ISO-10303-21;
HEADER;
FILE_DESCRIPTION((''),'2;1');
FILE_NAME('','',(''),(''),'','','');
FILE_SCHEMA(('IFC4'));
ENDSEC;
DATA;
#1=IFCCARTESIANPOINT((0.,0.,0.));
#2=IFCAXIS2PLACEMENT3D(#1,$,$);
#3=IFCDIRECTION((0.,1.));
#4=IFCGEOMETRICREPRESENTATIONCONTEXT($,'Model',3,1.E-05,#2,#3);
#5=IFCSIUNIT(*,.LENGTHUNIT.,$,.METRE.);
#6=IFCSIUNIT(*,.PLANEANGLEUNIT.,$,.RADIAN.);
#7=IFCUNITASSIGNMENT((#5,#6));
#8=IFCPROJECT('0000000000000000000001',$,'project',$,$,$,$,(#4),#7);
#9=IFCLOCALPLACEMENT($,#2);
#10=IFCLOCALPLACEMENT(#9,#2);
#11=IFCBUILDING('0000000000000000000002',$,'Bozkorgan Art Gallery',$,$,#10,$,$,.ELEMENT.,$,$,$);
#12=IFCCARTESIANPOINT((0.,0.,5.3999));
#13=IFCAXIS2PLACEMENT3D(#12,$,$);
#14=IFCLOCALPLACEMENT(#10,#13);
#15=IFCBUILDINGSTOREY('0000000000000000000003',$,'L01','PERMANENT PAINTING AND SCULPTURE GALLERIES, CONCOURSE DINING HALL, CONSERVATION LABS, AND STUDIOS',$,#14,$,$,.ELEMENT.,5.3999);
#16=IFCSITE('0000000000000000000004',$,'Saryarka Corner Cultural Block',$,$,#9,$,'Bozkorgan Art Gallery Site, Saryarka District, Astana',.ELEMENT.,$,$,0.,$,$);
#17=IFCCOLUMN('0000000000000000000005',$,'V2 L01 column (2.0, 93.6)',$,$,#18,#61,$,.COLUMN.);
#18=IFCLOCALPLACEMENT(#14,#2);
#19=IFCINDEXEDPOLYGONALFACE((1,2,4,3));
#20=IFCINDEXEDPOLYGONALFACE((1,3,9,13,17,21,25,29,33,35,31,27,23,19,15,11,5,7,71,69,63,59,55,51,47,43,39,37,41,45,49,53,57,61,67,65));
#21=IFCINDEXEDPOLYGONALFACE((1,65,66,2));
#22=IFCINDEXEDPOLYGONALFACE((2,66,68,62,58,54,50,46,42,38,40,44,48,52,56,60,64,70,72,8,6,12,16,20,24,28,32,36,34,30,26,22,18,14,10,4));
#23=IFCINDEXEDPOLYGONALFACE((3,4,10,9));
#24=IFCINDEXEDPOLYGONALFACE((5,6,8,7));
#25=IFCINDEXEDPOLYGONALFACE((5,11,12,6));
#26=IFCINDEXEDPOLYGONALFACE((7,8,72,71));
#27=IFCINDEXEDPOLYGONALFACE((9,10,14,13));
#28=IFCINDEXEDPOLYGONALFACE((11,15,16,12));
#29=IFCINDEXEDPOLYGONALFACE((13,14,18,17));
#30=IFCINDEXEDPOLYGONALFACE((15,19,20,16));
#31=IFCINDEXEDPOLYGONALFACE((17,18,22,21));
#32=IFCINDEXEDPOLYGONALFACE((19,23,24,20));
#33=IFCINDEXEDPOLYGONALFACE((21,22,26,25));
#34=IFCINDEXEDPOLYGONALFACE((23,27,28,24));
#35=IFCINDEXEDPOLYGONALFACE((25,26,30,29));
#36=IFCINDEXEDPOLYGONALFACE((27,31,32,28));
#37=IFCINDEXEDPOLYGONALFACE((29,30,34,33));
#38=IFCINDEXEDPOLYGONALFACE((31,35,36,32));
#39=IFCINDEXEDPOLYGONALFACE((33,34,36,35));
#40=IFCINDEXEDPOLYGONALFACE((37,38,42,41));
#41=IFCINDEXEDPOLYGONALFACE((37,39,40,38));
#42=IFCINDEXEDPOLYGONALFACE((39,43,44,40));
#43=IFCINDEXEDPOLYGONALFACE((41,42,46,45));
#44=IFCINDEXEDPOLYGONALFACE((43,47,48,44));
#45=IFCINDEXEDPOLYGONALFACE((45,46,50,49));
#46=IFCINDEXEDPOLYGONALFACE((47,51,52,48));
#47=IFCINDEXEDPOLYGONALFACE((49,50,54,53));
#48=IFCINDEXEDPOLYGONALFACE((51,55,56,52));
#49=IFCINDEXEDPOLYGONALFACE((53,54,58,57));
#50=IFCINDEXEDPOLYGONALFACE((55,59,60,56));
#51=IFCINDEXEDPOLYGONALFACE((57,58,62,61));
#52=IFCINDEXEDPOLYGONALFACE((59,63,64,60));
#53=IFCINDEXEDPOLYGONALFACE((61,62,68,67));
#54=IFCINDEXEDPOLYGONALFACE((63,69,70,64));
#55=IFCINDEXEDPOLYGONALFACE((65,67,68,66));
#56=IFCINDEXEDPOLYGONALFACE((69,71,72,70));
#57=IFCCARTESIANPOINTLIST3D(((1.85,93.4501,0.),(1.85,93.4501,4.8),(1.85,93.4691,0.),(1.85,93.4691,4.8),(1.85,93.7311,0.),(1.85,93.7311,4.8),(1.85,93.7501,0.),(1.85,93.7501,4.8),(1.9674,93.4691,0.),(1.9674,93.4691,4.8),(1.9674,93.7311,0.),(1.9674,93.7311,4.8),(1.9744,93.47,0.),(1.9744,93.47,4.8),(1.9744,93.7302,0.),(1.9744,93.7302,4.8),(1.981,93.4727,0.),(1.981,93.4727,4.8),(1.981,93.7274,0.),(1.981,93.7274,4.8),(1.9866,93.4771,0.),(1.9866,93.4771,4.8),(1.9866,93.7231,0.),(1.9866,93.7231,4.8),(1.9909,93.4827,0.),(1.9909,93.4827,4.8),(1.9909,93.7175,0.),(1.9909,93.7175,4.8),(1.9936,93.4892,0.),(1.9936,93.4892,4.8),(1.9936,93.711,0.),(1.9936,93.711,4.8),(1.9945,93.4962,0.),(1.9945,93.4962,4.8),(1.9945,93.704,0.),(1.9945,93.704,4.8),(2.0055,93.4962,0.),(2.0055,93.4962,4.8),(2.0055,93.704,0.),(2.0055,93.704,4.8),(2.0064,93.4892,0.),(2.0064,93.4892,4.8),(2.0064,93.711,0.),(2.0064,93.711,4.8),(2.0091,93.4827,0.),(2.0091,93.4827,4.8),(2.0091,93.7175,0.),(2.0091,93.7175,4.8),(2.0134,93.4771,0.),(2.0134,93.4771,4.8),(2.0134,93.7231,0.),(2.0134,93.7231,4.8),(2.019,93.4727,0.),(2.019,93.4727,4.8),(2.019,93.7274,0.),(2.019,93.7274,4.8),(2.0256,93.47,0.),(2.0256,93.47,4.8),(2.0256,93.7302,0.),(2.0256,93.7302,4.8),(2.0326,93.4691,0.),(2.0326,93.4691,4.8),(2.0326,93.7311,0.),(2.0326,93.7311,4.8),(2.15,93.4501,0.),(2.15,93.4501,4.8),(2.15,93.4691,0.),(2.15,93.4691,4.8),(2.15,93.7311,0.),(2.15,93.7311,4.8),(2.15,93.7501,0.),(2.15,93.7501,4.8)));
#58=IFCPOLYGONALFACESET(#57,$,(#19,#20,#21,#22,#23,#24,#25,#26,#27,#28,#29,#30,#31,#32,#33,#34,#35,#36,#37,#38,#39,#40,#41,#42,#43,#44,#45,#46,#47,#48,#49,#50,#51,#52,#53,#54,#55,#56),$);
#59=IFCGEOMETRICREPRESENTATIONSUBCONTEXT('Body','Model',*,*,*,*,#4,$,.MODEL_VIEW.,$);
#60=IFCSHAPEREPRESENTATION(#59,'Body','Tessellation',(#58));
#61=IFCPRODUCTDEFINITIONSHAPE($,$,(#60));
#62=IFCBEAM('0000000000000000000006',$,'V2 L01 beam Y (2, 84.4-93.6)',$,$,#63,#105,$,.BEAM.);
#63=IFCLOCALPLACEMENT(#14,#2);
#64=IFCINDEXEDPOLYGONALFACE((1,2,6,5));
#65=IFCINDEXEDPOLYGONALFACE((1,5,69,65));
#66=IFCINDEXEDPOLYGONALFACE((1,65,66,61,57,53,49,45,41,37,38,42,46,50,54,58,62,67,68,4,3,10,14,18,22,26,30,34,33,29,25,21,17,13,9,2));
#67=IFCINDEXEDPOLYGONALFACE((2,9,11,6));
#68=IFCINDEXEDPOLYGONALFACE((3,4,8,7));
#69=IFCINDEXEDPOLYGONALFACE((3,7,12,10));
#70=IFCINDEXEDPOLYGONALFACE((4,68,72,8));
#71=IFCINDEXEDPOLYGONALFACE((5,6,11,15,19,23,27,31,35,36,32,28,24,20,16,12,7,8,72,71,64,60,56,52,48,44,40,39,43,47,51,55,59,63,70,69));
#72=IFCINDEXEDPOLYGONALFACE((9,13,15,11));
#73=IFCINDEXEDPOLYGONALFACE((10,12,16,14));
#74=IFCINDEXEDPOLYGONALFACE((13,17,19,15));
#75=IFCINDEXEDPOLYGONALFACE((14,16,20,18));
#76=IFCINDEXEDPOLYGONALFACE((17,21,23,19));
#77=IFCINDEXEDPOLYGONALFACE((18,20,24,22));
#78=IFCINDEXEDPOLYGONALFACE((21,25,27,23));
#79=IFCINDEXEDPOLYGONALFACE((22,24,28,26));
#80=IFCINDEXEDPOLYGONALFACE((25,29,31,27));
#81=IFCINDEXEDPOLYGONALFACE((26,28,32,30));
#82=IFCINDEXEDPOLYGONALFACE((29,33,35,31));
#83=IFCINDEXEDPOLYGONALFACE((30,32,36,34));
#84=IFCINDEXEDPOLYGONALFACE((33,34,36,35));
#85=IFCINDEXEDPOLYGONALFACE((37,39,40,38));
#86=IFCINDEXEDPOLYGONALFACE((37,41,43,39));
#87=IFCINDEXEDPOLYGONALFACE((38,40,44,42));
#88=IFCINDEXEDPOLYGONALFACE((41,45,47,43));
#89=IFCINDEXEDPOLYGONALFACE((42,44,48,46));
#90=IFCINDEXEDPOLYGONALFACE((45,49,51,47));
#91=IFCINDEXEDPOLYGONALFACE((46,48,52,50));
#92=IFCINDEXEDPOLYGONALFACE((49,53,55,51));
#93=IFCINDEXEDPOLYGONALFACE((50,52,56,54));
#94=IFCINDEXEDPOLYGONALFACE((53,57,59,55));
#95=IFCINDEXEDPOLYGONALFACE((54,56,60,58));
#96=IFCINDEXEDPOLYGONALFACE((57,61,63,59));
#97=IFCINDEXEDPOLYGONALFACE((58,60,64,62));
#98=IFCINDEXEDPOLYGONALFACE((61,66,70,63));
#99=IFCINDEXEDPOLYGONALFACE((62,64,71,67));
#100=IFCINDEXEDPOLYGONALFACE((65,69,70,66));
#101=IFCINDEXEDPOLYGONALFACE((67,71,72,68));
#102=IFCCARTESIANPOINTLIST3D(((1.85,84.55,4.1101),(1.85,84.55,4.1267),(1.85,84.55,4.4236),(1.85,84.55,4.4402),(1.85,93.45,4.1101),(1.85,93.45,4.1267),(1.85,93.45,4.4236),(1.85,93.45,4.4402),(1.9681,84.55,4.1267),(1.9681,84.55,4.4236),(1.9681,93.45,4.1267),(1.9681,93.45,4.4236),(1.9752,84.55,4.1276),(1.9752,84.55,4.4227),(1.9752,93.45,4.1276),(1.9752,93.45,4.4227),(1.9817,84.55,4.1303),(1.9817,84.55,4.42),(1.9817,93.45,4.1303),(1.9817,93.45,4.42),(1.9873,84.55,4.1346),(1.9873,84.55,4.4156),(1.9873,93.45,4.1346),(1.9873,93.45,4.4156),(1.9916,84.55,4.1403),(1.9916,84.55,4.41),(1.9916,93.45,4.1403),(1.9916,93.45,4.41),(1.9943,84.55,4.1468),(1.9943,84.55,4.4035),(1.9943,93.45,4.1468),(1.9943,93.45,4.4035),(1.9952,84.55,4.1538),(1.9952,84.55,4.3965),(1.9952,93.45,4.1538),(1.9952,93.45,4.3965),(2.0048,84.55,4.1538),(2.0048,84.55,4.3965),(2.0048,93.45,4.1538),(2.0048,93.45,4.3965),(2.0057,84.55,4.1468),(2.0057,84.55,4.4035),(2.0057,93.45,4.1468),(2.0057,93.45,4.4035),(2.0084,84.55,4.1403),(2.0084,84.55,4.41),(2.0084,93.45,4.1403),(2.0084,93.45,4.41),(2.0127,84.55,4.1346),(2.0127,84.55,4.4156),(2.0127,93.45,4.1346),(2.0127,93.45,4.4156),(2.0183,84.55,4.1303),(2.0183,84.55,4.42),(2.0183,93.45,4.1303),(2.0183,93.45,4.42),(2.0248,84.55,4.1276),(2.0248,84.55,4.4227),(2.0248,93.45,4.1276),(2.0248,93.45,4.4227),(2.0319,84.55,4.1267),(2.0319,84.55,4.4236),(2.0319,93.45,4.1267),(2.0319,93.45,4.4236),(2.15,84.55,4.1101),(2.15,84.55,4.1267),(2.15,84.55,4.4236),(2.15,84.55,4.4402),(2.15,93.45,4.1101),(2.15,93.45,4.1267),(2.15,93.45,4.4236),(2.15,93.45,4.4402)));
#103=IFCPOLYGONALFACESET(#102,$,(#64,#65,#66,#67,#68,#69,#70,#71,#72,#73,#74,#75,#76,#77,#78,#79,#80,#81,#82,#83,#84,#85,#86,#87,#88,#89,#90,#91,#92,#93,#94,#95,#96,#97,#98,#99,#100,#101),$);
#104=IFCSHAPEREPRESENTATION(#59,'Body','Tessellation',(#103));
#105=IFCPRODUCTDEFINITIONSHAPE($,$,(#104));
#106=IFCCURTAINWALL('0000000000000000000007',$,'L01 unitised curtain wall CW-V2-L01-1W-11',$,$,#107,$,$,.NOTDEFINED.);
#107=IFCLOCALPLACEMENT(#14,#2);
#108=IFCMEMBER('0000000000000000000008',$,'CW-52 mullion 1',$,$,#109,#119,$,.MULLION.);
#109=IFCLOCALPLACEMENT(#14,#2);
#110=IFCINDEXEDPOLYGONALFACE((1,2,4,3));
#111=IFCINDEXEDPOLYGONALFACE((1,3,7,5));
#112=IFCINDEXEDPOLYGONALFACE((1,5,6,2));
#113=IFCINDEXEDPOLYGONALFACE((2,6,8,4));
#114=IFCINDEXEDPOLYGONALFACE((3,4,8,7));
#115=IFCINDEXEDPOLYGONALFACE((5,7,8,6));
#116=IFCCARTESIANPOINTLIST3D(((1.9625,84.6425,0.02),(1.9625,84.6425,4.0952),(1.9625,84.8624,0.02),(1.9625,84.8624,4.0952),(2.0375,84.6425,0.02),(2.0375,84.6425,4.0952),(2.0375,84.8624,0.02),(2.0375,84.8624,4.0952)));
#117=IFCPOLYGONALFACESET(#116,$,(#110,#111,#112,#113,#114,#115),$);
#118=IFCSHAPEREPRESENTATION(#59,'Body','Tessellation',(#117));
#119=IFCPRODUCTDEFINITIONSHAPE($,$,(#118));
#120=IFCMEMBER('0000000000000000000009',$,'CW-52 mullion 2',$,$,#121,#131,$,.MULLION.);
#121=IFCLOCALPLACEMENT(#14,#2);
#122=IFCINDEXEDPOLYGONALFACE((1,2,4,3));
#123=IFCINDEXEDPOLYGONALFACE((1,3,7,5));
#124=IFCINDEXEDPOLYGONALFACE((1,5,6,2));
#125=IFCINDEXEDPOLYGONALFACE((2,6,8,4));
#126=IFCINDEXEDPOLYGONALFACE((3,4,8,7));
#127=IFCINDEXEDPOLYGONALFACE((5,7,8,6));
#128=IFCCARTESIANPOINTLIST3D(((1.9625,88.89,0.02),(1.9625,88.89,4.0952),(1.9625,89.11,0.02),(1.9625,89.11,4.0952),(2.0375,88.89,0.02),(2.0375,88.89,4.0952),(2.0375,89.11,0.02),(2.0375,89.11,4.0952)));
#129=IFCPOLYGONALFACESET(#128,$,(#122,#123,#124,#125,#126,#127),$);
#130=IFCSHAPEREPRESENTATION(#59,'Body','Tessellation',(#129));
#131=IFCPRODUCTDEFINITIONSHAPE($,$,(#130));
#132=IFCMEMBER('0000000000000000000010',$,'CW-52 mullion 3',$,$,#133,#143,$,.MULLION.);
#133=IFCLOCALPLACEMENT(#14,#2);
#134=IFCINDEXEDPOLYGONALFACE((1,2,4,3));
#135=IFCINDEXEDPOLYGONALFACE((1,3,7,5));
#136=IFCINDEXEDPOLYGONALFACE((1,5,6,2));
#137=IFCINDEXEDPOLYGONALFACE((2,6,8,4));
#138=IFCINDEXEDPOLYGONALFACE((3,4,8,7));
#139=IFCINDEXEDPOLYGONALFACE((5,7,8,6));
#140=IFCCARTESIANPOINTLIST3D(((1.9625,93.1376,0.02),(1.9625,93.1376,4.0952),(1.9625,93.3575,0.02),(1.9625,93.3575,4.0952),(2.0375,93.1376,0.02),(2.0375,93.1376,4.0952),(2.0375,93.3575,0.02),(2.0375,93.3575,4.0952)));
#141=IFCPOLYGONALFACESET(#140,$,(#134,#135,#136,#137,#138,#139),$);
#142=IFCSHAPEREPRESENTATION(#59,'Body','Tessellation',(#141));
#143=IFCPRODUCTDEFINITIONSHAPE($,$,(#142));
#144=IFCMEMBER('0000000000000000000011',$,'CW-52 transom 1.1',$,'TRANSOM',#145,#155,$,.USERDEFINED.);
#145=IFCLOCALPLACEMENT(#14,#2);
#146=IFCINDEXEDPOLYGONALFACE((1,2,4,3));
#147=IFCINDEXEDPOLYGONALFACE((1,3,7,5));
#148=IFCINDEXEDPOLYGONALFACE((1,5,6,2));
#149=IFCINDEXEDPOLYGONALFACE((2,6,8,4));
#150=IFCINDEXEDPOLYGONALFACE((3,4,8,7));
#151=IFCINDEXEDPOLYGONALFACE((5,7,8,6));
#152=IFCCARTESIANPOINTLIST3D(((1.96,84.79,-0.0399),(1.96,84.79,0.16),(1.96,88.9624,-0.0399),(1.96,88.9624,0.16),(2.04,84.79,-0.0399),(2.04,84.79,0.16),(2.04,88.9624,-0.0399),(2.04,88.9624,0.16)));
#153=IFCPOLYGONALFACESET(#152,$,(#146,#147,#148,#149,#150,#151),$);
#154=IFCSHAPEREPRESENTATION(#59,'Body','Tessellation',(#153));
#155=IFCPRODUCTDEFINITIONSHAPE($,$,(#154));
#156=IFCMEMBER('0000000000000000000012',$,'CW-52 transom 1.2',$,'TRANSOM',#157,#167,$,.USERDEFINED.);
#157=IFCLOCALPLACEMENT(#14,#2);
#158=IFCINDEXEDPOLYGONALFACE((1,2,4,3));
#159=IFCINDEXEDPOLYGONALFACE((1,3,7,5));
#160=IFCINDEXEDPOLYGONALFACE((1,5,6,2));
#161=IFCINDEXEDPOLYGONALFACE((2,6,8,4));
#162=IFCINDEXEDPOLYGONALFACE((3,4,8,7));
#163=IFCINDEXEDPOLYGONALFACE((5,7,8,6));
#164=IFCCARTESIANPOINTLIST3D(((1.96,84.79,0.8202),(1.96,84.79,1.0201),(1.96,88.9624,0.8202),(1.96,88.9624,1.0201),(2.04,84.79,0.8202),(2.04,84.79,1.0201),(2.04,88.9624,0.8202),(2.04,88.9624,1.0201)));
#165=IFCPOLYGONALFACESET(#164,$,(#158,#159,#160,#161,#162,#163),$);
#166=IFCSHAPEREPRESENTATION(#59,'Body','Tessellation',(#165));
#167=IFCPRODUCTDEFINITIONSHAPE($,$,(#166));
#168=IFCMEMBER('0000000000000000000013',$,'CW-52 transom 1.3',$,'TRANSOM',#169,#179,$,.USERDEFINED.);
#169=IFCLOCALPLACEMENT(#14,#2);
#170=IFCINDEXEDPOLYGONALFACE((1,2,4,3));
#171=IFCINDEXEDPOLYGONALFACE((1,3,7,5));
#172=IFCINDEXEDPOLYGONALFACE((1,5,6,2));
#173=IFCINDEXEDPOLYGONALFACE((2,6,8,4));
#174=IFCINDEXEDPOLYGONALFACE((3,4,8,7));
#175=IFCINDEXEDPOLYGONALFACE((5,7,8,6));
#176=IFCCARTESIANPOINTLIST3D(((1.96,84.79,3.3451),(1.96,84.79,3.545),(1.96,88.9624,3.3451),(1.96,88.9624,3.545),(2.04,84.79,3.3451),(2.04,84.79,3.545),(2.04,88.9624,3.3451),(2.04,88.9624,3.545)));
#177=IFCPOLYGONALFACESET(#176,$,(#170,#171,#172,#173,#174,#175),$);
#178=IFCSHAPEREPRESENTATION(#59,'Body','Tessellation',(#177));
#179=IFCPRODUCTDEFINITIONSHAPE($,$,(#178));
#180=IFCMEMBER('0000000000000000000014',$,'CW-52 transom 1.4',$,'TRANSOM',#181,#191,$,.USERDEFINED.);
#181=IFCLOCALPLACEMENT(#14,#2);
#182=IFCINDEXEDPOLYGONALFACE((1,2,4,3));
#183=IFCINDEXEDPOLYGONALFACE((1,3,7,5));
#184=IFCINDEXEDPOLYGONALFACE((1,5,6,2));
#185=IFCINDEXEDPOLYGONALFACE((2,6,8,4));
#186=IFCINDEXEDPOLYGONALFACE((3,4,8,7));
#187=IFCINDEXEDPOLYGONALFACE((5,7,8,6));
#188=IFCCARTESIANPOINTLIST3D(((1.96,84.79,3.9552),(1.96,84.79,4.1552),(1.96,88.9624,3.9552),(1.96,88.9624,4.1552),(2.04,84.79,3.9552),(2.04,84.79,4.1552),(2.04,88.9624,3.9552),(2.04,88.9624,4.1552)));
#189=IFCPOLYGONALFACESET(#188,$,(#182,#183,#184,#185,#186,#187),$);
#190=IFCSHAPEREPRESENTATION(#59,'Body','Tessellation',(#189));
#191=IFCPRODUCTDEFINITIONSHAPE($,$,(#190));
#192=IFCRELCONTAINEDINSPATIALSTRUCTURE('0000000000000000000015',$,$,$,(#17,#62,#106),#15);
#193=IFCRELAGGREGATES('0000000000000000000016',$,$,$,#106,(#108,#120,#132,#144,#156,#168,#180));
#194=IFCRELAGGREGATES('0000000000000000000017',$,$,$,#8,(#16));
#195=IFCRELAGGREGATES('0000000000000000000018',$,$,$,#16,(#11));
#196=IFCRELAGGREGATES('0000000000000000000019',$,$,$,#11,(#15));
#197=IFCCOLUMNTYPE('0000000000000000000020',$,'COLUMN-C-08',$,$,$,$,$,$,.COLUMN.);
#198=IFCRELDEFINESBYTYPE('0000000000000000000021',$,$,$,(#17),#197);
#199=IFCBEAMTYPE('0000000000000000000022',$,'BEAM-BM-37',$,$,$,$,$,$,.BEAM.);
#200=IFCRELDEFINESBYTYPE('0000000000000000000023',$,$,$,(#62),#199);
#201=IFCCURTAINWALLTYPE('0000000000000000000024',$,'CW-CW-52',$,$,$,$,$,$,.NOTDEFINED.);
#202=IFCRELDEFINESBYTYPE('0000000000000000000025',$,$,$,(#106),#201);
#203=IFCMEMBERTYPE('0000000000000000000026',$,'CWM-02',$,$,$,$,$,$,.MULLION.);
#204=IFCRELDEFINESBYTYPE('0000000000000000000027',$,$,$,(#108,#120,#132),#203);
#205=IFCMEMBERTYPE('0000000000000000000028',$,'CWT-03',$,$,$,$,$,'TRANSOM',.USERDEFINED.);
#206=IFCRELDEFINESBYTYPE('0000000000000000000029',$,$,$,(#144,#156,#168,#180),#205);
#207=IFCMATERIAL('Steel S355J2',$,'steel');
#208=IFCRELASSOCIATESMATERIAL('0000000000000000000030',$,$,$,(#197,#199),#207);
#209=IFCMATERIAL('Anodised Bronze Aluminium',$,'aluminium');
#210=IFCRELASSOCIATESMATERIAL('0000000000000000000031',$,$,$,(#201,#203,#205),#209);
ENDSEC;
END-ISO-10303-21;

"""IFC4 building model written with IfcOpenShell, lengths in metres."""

from ifc_helpers import new_model, si_unit, direction, frame, origin, origin_2d, place, context, subcontext, project, spatial, rectangle, i_section, extrude, material, material_profile, profile_set, type_object, element, aggregate, save


model = new_model("IFC4")

# Units and contexts
model_context = context("Model", 3, precision=1e-05, world=origin(), true_north=direction((0.0, 1.0)))
body_context = subcontext(model_context, "Body", "Model", "MODEL_VIEW")
ifc_project = project(units=[si_unit("LENGTHUNIT", "METRE"), si_unit("PLANEANGLEUNIT", "RADIAN")], contexts=[model_context])

# Site, building, storey
site_placement = place(None, origin())
site = spatial("IfcSite", under=ifc_project, at=site_placement, Name="Saryarka Corner Cultural Block", LongName="Bozkorgan Art Gallery Site, Saryarka District, Astana", CompositionType="ELEMENT", RefElevation=0.0)
building_placement = place(site_placement, origin())
building = spatial("IfcBuilding", under=site, at=building_placement, Name="Bozkorgan Art Gallery", CompositionType="ELEMENT")
storey_placement = place(building_placement, frame((0.0, 0.0, 5.3999)))
storey = spatial("IfcBuildingStorey", under=building, at=storey_placement, Name="L01", Description="PERMANENT PAINTING AND SCULPTURE GALLERIES, CONCOURSE DINING HALL, CONSERVATION LABS, AND STUDIOS", CompositionType="ELEMENT", Elevation=5.3999)

# Column
ifc_material_1 = material(Name="Steel S355J2", Category="steel")
ifc_material_profile_1 = material_profile(ifc_material_1, i_section(OverallWidth=0.3, OverallDepth=0.3, WebThickness=0.011, FlangeThickness=0.019, FilletRadius=0.0271, at=origin_2d()), Name="HEB 300")
ifc_profile_set_1 = profile_set([ifc_material_profile_1], Name="Steel S355J2")
column_type = type_object("IfcColumnType", Name="COLUMN-C-08", PredefinedType="COLUMN", material=ifc_profile_set_1)
column_placement = place(storey_placement, frame((2.0, 93.6001, 0.0), z_axis=(0.0, 0.0, 1.0), x_axis=(1.0, 0.0, 0.0)))
element("IfcColumn", 1, at=column_placement, inside=storey, type_object=column_type, Name="V2 L01 column (2.0, 93.6)", PredefinedType="COLUMN", context=body_context, shape_type="SweptSolid", body=[
    extrude(i_section(OverallWidth=0.3, OverallDepth=0.3, WebThickness=0.011, FlangeThickness=0.019, FilletRadius=0.0271, at=origin_2d()), origin(), (0.0, 0.0, 1.0), 4.8),
])

# Beam
ifc_material_profile_2 = material_profile(ifc_material_1, i_section(OverallWidth=0.3, OverallDepth=0.3301, WebThickness=0.0095, FlangeThickness=0.0166, FilletRadius=0.0271, at=origin_2d()), Name="HEA 340")
ifc_profile_set_2 = profile_set([ifc_material_profile_2], Name="Steel S355J2")
beam_type = type_object("IfcBeamType", Name="BEAM-BM-37", PredefinedType="BEAM", material=ifc_profile_set_2)
beam_placement = place(storey_placement, frame((2.0, 84.55, 4.2751), z_axis=(0.0, 1.0, 0.0), x_axis=(-1.0, 0.0, 0.0)))
element("IfcBeam", 2, at=beam_placement, inside=storey, type_object=beam_type, Name="V2 L01 beam Y (2, 84.4-93.6)", PredefinedType="BEAM", context=body_context, shape_type="SweptSolid", body=[
    extrude(i_section(OverallWidth=0.3, OverallDepth=0.3301, WebThickness=0.0095, FlangeThickness=0.0166, FilletRadius=0.0271, at=origin_2d()), origin(), (0.0, 0.0, 1.0), 8.8999),
])

# Curtain wall, members
ifc_material_2 = material(Name="Anodised Bronze Aluminium", Category="aluminium")
curtain_wall_type = type_object("IfcCurtainWallType", Name="CW-CW-52", PredefinedType="NOTDEFINED", material=ifc_material_2)
curtain_wall_placement = place(storey_placement, origin())
curtain_wall = element("IfcCurtainWall", 3, at=curtain_wall_placement, inside=storey, type_object=curtain_wall_type, Name="L01 unitised curtain wall CW-V2-L01-1W-11", PredefinedType="NOTDEFINED")
ifc_material_profile_3 = material_profile(ifc_material_2, rectangle(XDim=0.075, YDim=0.22, at=origin_2d()), Name="ALU MULLION 75x220")
ifc_profile_set_3 = profile_set([ifc_material_profile_3], Name="Anodised Bronze Aluminium")
member_type_1 = type_object("IfcMemberType", Name="CWM-02", PredefinedType="MULLION", material=ifc_profile_set_3)
member_1_placement = place(storey_placement, frame((2.0, 84.7524, 0.02), z_axis=(0.0, 0.0, 1.0), x_axis=(-1.0, 0.0, 0.0)))
member_1 = element("IfcMember", 4, at=member_1_placement, type_object=member_type_1, Name="CW-52 mullion 1", PredefinedType="MULLION", context=body_context, shape_type="SweptSolid", body=[
    extrude(rectangle(XDim=0.075, YDim=0.22, at=origin_2d()), origin(), (0.0, 0.0, 1.0), 4.0752),
])
member_2_placement = place(storey_placement, frame((2.0, 89.0, 0.02), z_axis=(0.0, 0.0, 1.0), x_axis=(-1.0, 0.0, 0.0)))
member_2 = element("IfcMember", 5, at=member_2_placement, type_object=member_type_1, Name="CW-52 mullion 2", PredefinedType="MULLION", context=body_context, shape_type="SweptSolid", body=[
    extrude(rectangle(XDim=0.075, YDim=0.22, at=origin_2d()), origin(), (0.0, 0.0, 1.0), 4.0752),
])
member_3_placement = place(storey_placement, frame((2.0, 93.2476, 0.02), z_axis=(0.0, 0.0, 1.0), x_axis=(-1.0, 0.0, 0.0)))
member_3 = element("IfcMember", 6, at=member_3_placement, type_object=member_type_1, Name="CW-52 mullion 3", PredefinedType="MULLION", context=body_context, shape_type="SweptSolid", body=[
    extrude(rectangle(XDim=0.075, YDim=0.22, at=origin_2d()), origin(), (0.0, 0.0, 1.0), 4.0752),
])
ifc_material_profile_4 = material_profile(ifc_material_2, rectangle(XDim=0.0801, YDim=0.2, at=origin_2d()), Name="ALU TRANSOM 80x200")
ifc_profile_set_4 = profile_set([ifc_material_profile_4], Name="Anodised Bronze Aluminium")
member_type_2 = type_object("IfcMemberType", Name="CWT-03", ElementType="TRANSOM", PredefinedType="USERDEFINED", material=ifc_profile_set_4)
member_4_placement = place(storey_placement, frame((2.0, 84.79, 0.0601), z_axis=(0.0, 1.0, 0.0), x_axis=(-1.0, 0.0, 0.0)))
member_4 = element("IfcMember", 7, at=member_4_placement, type_object=member_type_2, Name="CW-52 transom 1.1", ObjectType="TRANSOM", PredefinedType="USERDEFINED", context=body_context, shape_type="SweptSolid", body=[
    extrude(rectangle(XDim=0.0801, YDim=0.2, at=origin_2d()), origin(), (0.0, 0.0, 1.0), 4.1724),
])
member_5_placement = place(storey_placement, frame((2.0, 84.79, 0.9202), z_axis=(0.0, 1.0, 0.0), x_axis=(-1.0, 0.0, 0.0)))
member_5 = element("IfcMember", 8, at=member_5_placement, type_object=member_type_2, Name="CW-52 transom 1.2", ObjectType="TRANSOM", PredefinedType="USERDEFINED", context=body_context, shape_type="SweptSolid", body=[
    extrude(rectangle(XDim=0.0801, YDim=0.2, at=origin_2d()), origin(), (0.0, 0.0, 1.0), 4.1724),
])
member_6_placement = place(storey_placement, frame((2.0, 84.79, 3.4451), z_axis=(0.0, 1.0, 0.0), x_axis=(-1.0, 0.0, 0.0)))
member_6 = element("IfcMember", 9, at=member_6_placement, type_object=member_type_2, Name="CW-52 transom 1.3", ObjectType="TRANSOM", PredefinedType="USERDEFINED", context=body_context, shape_type="SweptSolid", body=[
    extrude(rectangle(XDim=0.0801, YDim=0.2, at=origin_2d()), origin(), (0.0, 0.0, 1.0), 4.1724),
])
member_7_placement = place(storey_placement, frame((2.0, 84.79, 4.0552), z_axis=(0.0, 1.0, 0.0), x_axis=(-1.0, 0.0, 0.0)))
member_7 = element("IfcMember", 10, at=member_7_placement, type_object=member_type_2, Name="CW-52 transom 1.4", ObjectType="TRANSOM", PredefinedType="USERDEFINED", context=body_context, shape_type="SweptSolid", body=[
    extrude(rectangle(XDim=0.0801, YDim=0.2, at=origin_2d()), origin(), (0.0, 0.0, 1.0), 4.1724),
])
aggregate(curtain_wall, [member_1, member_2, member_3, member_4, member_5, member_6, member_7])

save(model, "model.ifc")
